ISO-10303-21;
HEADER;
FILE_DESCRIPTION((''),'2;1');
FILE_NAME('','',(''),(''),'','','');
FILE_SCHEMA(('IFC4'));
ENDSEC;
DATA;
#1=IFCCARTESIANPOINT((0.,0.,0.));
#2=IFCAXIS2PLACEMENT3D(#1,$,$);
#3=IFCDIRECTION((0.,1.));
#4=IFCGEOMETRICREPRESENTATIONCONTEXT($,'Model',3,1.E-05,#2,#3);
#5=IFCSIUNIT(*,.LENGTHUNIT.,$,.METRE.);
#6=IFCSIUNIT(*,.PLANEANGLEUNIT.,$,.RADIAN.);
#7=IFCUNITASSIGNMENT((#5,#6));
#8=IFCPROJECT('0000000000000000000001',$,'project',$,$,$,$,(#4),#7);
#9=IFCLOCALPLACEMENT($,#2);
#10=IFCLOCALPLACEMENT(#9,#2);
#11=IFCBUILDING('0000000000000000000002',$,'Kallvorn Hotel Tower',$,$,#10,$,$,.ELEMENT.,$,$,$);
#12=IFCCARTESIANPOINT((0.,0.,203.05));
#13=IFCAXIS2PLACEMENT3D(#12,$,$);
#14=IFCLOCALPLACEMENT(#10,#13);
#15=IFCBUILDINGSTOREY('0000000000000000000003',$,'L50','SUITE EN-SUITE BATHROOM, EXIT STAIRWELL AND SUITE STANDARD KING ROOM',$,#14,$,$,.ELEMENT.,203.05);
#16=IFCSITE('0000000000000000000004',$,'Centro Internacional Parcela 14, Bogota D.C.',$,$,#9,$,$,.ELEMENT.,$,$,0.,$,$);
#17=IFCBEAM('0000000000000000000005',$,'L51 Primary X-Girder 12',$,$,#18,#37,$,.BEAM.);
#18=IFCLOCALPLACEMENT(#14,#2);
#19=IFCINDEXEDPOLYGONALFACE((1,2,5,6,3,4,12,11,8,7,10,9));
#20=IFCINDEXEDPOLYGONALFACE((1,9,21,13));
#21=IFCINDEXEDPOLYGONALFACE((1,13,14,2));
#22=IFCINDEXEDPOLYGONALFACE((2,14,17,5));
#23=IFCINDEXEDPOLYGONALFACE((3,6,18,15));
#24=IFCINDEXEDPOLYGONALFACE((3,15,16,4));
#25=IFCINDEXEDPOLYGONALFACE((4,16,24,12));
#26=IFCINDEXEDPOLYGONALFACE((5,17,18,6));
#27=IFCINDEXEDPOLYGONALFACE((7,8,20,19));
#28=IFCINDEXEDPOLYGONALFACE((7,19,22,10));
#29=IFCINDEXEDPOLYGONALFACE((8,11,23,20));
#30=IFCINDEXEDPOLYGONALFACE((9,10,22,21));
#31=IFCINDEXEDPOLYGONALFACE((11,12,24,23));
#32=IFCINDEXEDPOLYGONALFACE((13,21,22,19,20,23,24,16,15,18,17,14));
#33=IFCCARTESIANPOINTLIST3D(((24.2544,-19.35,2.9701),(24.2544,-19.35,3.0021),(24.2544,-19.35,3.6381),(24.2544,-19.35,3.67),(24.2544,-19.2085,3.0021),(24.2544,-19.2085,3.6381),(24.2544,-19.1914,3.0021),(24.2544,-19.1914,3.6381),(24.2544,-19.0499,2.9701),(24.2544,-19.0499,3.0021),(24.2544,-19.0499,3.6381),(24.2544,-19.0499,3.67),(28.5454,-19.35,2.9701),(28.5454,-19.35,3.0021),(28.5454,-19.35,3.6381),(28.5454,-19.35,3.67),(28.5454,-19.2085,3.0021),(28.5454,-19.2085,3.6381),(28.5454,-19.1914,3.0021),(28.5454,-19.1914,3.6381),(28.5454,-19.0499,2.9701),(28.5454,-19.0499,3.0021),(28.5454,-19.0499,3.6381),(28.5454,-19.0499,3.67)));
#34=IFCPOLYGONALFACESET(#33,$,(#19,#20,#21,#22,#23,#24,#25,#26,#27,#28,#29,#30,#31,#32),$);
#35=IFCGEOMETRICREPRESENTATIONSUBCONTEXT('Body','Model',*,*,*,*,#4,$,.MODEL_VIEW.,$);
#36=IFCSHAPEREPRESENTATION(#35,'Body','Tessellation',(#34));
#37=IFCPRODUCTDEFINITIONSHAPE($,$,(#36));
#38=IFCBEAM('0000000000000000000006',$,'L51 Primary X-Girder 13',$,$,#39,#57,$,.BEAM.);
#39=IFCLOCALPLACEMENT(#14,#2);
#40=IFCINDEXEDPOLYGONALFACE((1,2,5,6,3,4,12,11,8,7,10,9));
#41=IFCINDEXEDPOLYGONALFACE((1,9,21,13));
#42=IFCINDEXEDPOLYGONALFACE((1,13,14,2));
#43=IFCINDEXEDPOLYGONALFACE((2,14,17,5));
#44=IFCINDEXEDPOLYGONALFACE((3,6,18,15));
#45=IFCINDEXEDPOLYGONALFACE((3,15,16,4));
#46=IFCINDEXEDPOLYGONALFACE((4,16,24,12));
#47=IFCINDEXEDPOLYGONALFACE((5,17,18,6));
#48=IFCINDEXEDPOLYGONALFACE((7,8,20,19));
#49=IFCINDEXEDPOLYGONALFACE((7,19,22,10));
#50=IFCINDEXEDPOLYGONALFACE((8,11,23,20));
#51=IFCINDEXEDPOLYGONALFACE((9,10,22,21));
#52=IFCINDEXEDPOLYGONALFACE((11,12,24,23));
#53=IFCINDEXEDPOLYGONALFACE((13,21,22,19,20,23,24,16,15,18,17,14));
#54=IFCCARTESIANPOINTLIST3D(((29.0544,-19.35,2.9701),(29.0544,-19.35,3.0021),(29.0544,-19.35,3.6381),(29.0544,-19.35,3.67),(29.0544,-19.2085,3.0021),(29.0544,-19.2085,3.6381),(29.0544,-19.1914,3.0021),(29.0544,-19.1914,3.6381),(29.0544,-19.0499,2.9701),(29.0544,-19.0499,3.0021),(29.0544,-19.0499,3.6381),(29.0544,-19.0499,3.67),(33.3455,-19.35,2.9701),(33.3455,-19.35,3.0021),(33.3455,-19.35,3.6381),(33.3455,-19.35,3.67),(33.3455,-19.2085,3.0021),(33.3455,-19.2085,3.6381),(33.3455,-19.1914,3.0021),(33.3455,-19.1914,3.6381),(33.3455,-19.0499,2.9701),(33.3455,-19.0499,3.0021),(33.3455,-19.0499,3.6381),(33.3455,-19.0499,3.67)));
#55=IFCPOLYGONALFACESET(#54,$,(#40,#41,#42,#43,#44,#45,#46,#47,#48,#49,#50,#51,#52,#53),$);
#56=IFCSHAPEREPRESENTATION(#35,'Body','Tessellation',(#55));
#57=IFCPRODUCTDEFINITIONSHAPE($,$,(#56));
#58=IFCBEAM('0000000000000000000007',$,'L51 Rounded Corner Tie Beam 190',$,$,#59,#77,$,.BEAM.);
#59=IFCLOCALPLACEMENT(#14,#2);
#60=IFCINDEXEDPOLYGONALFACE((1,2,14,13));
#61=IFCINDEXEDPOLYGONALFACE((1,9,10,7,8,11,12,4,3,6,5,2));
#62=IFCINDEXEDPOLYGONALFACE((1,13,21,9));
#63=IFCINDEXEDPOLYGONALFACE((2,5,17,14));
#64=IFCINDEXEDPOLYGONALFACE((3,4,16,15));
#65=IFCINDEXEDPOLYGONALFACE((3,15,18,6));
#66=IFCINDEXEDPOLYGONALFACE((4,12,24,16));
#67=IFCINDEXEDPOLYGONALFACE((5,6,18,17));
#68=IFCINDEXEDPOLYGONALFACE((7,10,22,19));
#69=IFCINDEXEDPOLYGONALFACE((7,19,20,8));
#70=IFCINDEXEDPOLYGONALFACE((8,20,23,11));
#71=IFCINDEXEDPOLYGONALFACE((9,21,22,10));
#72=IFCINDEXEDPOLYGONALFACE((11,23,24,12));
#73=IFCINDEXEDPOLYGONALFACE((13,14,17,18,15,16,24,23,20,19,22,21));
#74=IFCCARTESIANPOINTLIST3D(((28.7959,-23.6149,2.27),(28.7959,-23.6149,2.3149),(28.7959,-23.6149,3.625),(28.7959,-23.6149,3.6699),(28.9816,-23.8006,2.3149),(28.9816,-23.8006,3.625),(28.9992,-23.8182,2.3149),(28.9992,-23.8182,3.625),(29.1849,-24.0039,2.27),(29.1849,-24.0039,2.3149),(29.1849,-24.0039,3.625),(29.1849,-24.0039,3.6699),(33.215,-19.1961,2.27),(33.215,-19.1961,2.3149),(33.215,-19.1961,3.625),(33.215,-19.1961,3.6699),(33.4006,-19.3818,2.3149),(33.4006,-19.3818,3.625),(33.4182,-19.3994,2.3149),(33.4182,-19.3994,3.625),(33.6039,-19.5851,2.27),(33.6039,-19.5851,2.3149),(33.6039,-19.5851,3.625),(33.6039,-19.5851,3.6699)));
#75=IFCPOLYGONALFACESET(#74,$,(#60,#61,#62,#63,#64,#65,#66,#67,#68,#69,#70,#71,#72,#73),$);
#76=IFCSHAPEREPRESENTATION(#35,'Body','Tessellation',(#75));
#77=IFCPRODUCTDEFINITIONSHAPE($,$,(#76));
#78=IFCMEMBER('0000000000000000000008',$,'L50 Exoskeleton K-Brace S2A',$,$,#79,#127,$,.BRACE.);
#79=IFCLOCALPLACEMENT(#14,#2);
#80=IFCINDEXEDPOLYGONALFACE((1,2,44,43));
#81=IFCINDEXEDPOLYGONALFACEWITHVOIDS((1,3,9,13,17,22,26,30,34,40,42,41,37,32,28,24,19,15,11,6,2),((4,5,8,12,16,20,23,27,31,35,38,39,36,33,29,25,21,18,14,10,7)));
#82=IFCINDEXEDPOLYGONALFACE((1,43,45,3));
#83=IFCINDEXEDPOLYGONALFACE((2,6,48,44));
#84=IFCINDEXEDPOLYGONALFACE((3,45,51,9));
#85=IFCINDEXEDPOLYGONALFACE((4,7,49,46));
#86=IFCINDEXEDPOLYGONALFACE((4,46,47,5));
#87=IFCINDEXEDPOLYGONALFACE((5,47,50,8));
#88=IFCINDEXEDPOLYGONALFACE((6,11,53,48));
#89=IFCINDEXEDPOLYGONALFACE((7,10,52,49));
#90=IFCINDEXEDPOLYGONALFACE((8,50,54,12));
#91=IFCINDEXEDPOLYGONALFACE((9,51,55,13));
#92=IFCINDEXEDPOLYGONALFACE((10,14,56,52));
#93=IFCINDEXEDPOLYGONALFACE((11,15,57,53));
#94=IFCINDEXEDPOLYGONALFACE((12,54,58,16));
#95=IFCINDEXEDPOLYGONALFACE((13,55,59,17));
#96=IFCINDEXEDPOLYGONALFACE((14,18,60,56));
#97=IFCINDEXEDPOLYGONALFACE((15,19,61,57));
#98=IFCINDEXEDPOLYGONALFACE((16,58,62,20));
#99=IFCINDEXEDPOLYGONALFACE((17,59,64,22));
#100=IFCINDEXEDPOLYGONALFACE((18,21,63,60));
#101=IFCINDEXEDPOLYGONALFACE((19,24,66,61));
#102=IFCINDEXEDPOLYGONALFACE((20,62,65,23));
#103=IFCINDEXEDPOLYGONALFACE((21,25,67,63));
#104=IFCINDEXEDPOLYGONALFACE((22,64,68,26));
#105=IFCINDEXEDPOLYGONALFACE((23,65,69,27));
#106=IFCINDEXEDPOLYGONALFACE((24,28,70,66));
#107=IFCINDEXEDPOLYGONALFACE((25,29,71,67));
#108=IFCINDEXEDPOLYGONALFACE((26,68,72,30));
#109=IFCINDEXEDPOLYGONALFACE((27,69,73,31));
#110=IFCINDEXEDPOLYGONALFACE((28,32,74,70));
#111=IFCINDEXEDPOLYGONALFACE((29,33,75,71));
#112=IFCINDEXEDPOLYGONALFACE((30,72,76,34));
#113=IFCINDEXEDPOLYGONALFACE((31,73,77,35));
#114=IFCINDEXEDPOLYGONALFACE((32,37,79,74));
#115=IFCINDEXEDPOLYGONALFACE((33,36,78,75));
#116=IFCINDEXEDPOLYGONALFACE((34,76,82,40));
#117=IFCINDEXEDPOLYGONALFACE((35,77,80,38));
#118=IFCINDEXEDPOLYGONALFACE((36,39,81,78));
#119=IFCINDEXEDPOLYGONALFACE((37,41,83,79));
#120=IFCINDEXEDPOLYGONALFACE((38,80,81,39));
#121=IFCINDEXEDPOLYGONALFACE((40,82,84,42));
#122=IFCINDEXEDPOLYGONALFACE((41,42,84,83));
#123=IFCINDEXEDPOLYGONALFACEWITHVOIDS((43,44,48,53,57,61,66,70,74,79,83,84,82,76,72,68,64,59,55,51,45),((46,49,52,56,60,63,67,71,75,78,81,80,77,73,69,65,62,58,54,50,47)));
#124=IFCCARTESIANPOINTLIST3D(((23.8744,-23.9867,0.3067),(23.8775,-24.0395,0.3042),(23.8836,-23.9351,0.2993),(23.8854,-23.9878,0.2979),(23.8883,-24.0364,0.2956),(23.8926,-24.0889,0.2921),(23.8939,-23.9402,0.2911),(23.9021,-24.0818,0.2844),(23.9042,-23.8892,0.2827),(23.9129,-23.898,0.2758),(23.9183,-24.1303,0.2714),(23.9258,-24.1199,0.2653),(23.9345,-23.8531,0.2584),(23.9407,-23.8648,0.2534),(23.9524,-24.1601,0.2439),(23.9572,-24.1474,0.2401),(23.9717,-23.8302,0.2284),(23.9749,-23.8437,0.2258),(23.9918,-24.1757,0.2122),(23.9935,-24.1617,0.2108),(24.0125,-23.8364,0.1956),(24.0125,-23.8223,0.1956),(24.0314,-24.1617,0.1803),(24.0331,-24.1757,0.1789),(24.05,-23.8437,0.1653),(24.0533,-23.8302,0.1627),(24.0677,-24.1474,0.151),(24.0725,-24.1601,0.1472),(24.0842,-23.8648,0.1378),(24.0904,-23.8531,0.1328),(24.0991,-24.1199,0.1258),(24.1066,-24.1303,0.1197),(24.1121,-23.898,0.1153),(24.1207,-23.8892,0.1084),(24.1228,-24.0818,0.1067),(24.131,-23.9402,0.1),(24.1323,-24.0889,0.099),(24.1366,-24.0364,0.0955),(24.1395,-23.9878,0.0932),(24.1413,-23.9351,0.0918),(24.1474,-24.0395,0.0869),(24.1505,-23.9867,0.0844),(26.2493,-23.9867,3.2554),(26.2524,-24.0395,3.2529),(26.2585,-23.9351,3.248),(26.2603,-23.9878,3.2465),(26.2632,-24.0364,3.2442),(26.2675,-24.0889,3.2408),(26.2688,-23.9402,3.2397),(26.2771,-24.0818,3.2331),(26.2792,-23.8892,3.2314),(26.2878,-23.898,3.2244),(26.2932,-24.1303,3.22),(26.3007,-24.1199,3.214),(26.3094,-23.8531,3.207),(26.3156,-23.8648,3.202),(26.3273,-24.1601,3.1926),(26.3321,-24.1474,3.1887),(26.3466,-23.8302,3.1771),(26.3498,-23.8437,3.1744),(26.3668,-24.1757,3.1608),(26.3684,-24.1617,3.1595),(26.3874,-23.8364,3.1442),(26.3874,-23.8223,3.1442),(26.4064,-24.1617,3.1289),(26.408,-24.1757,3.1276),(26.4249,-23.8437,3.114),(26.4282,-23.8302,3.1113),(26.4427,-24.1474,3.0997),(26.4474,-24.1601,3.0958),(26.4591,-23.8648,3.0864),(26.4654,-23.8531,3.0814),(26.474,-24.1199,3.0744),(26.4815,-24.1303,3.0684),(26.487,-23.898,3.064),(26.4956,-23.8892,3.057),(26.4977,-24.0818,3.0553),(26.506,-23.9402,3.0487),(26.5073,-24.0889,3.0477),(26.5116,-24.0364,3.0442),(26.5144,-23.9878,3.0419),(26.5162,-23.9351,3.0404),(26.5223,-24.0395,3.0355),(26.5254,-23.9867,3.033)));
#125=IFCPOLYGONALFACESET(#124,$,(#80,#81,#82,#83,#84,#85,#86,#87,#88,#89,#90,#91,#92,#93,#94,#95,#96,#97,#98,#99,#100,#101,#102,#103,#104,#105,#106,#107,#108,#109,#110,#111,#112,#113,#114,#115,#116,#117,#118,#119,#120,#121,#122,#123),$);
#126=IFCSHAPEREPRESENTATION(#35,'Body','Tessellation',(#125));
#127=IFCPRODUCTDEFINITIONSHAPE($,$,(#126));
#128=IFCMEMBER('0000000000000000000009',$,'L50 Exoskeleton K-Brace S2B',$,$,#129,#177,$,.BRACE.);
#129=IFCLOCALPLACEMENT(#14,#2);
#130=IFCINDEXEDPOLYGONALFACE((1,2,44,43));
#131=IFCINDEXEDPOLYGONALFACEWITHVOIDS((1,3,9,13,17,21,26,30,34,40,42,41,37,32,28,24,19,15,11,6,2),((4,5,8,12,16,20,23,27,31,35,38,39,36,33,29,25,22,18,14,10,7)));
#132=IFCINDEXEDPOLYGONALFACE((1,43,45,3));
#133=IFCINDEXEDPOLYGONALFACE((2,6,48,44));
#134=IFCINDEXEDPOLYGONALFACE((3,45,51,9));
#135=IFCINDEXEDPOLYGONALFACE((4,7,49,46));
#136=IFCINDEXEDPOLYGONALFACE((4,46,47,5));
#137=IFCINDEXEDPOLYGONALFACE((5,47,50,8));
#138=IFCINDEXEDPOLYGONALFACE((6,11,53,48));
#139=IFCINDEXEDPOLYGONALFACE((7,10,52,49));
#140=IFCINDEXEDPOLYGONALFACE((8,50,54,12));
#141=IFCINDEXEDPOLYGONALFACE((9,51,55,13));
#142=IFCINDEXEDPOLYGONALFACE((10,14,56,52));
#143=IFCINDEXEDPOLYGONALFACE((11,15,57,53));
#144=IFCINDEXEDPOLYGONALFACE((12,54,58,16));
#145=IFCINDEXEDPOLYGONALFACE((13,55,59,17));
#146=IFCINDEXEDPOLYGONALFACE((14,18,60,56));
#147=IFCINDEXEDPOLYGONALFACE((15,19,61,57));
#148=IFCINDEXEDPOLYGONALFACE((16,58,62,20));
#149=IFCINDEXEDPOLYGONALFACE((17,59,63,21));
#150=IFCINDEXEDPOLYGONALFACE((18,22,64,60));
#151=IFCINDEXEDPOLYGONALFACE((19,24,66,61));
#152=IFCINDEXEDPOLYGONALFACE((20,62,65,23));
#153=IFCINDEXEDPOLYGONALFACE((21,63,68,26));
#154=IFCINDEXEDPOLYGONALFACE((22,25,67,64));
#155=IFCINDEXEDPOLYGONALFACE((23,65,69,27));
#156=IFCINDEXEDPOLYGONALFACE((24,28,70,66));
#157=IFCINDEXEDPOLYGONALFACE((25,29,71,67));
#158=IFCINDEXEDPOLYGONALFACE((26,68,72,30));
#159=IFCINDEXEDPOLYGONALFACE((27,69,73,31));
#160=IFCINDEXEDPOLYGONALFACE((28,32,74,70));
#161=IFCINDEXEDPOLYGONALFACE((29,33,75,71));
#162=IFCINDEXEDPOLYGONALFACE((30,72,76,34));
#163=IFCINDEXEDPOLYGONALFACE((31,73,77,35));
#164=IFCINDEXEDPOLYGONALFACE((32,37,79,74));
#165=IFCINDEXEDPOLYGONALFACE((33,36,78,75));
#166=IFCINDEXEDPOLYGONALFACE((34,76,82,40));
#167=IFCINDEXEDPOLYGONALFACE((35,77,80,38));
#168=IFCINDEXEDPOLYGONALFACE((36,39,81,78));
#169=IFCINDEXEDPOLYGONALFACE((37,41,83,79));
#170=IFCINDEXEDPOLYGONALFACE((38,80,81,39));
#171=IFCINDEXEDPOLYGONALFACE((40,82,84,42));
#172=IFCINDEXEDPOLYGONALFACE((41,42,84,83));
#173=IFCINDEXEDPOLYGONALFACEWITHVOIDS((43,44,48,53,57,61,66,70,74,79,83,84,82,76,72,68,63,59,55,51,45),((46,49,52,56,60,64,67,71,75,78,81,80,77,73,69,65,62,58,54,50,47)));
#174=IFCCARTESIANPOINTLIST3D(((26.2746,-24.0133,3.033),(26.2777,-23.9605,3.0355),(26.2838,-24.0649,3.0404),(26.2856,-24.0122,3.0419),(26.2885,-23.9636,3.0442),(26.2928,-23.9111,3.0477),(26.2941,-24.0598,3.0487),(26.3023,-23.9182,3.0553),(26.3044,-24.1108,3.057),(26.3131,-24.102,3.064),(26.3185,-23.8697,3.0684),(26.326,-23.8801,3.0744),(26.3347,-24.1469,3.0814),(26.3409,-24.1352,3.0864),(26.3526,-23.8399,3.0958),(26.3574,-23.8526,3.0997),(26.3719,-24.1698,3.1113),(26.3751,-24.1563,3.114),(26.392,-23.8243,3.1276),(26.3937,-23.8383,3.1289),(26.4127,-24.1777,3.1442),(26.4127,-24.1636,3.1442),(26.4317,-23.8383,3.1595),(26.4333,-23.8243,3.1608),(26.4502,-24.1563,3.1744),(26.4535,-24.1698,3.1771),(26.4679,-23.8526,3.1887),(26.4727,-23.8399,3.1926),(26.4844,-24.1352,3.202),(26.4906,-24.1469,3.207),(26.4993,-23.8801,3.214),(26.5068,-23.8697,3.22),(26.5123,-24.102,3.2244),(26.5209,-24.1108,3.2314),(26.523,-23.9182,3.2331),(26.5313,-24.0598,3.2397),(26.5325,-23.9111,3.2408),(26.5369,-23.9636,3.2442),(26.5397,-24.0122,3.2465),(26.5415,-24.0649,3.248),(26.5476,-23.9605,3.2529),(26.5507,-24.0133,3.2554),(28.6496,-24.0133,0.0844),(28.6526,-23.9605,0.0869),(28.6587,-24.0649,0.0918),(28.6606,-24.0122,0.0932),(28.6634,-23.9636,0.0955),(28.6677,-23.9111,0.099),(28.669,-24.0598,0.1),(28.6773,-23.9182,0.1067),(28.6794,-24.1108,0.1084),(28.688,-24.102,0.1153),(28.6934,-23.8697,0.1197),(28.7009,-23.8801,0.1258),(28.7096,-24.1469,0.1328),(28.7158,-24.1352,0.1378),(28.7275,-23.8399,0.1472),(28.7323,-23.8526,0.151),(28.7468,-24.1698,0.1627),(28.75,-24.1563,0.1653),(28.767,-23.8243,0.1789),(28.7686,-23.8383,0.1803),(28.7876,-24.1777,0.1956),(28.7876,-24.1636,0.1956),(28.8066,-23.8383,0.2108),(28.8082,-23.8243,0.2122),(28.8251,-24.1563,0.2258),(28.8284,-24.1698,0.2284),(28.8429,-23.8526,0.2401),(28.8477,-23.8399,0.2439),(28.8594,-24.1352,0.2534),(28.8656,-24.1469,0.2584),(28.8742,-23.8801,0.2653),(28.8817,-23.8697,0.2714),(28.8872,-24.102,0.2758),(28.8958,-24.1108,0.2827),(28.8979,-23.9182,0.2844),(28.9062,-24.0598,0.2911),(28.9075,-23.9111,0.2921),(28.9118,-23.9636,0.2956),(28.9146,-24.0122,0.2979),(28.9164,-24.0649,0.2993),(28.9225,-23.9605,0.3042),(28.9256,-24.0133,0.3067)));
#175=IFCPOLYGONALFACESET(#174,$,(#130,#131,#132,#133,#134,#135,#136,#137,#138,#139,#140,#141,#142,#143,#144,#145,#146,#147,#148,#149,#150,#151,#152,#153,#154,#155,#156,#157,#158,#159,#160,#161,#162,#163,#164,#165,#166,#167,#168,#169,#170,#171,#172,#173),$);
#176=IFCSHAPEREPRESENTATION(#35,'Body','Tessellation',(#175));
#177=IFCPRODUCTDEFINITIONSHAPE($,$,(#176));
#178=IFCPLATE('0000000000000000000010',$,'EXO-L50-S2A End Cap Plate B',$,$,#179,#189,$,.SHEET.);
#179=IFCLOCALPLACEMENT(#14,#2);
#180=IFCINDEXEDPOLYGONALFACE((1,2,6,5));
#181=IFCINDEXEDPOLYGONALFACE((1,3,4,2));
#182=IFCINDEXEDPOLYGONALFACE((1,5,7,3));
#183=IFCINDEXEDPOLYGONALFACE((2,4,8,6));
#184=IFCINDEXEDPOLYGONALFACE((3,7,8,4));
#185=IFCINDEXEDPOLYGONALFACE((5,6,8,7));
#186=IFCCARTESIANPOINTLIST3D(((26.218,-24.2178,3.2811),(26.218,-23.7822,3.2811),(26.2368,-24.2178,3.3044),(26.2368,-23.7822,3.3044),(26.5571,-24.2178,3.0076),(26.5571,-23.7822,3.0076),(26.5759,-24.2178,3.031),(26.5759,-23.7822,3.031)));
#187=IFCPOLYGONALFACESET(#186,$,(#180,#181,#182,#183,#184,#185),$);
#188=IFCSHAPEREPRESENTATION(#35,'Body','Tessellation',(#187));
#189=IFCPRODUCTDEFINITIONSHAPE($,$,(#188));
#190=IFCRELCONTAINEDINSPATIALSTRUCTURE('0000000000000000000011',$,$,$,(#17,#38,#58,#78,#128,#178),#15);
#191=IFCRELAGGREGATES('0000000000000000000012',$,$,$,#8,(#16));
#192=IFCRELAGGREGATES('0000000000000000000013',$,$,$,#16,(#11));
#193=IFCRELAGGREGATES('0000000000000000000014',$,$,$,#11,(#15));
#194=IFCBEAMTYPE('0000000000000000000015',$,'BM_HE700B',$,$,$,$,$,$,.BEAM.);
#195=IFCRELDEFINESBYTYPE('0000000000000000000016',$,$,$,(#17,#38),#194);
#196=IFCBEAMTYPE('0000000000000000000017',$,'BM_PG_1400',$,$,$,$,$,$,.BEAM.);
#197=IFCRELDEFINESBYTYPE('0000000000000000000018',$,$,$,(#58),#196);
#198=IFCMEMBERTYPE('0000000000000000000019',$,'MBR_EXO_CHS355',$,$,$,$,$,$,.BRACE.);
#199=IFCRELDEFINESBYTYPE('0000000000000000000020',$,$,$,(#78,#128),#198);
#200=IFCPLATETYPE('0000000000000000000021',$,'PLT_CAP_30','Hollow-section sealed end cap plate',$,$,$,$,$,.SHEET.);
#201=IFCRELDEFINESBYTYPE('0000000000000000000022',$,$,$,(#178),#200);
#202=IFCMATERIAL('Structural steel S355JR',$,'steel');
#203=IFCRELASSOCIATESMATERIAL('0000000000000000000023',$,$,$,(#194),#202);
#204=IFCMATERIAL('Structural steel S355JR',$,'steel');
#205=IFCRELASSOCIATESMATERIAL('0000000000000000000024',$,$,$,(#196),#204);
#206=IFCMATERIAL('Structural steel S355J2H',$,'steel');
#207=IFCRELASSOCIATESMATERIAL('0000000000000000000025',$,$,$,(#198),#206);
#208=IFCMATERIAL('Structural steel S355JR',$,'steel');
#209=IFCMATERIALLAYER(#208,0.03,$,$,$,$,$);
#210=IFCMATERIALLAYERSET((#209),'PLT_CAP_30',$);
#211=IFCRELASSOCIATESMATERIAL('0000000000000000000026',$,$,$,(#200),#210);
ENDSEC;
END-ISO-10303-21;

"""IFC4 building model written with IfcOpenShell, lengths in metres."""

from ifc_helpers import new_model, si_unit, direction, frame, origin, origin_2d, place, context, subcontext, project, spatial, polyline, hollow_circle, i_section, outline, extrude, material, layer, layer_set, material_profile, profile_set, type_object, element, save


model = new_model("IFC4")

# Units and contexts
model_context = context("Model", 3, precision=1e-05, world=origin(), true_north=direction((0.0, 1.0)))
body_context = subcontext(model_context, "Body", "Model", "MODEL_VIEW")
ifc_project = project(units=[si_unit("LENGTHUNIT", "METRE"), si_unit("PLANEANGLEUNIT", "RADIAN")], contexts=[model_context])

# Site, building, storey
site_placement = place(None, origin())
site = spatial("IfcSite", under=ifc_project, at=site_placement, Name="Centro Internacional Parcela 14, Bogota D.C.", CompositionType="ELEMENT", RefElevation=0.0)
building_placement = place(site_placement, origin())
building = spatial("IfcBuilding", under=site, at=building_placement, Name="Kallvorn Hotel Tower", CompositionType="ELEMENT")
storey_placement = place(building_placement, frame((0.0, 0.0, 203.05)))
storey = spatial("IfcBuildingStorey", under=building, at=storey_placement, Name="L50", Description="SUITE EN-SUITE BATHROOM, EXIT STAIRWELL AND SUITE STANDARD KING ROOM", CompositionType="ELEMENT", Elevation=203.05)

# Beams
ifc_material_1 = material(Name="Structural steel S355JR", Category="steel")
ifc_material_profile_1 = material_profile(ifc_material_1, i_section(OverallWidth=0.3, OverallDepth=0.7, WebThickness=0.0171, FlangeThickness=0.032, at=origin_2d()), Name="HE 700 B")
ifc_profile_set_1 = profile_set([ifc_material_profile_1], Name="Structural steel S355JR")
beam_type_1 = type_object("IfcBeamType", Name="BM_HE700B", PredefinedType="BEAM", material=ifc_profile_set_1)
for number, where, z_axis, x_axis, name in (
    (1, (24.2544, -19.2, 3.3201), (1.0, 0.0, 0.0), (0.0, 1.0, 0.0), "L51 Primary X-Girder 12"),
    (2, (29.0544, -19.2, 3.3201), (1.0, 0.0, 0.0), (0.0, 1.0, 0.0), "L51 Primary X-Girder 13"),
):
    element("IfcBeam", number, at=place(storey_placement, frame(where, z_axis=z_axis, x_axis=x_axis)), inside=storey, type_object=beam_type_1, Name=name, PredefinedType="BEAM", context=body_context, shape_type="SweptSolid", body=[
        extrude(i_section(OverallWidth=0.3, OverallDepth=0.7, WebThickness=0.0171, FlangeThickness=0.032, at=origin_2d()), origin(), (0.0, 0.0, 1.0), 4.291),
    ])
ifc_material_2 = material(Name="Structural steel S355JR", Category="steel")
ifc_material_profile_2 = material_profile(ifc_material_2, i_section(OverallWidth=0.55, OverallDepth=1.3999, WebThickness=0.0249, FlangeThickness=0.0449, at=origin_2d()), Name="PG 1400x550x25x45")
ifc_profile_set_2 = profile_set([ifc_material_profile_2], Name="Structural steel S355JR")
beam_type_2 = type_object("IfcBeamType", Name="BM_PG_1400", PredefinedType="BEAM", material=ifc_profile_set_2)
beam_1_placement = place(storey_placement, frame((33.4094, -19.3906, 2.97), z_axis=(-0.707126, -0.707087, 0.0), x_axis=(0.707087, -0.707126, 0.0)))
element("IfcBeam", 3, at=beam_1_placement, inside=storey, type_object=beam_type_2, Name="L51 Rounded Corner Tie Beam 190", PredefinedType="BEAM", context=body_context, shape_type="SweptSolid", body=[
    extrude(i_section(OverallWidth=0.55, OverallDepth=1.3999, WebThickness=0.0249, FlangeThickness=0.0449, at=origin_2d()), origin(), (0.0, 0.0, 1.0), 6.2493),
])

# Members
ifc_material_3 = material(Name="Structural steel S355J2H", Category="steel")
ifc_material_profile_3 = material_profile(ifc_material_3, hollow_circle(Radius=0.1777, WallThickness=0.0142, at=origin_2d()), Name="CHS 355.6x14.2")
ifc_profile_set_3 = profile_set([ifc_material_profile_3], Name="Structural steel S355J2H")
member_type = type_object("IfcMemberType", Name="MBR_EXO_CHS355", PredefinedType="BRACE", material=ifc_profile_set_3)
for number, where, z_axis, x_axis, name in (
    (4, (24.0125, -24.0, 0.1956), (0.627271, 0.0, 0.778801), (0.0, 1.0, 0.0), "L50 Exoskeleton K-Brace S2A"),
    (5, (28.7876, -24.0, 0.1956), (-0.627271, 0.0, 0.778801), (0.0, -1.0, 0.0), "L50 Exoskeleton K-Brace S2B"),
):
    element("IfcMember", number, at=place(storey_placement, frame(where, z_axis=z_axis, x_axis=x_axis)), inside=storey, type_object=member_type, Name=name, PredefinedType="BRACE", context=body_context, shape_type="SweptSolid", body=[
        extrude(hollow_circle(Radius=0.1777, WallThickness=0.0142, at=origin_2d()), origin(), (0.0, 0.0, 1.0), 3.7861),
    ])

# Plate
ifc_material_4 = material(Name="Structural steel S355JR", Category="steel")
ifc_layer_1 = layer(ifc_material_4, 0.03)
ifc_layer_set_1 = layer_set([ifc_layer_1], Name="PLT_CAP_30")
plate_type_1 = type_object("IfcPlateType", Name="PLT_CAP_30", Description="Hollow-section sealed end cap plate", PredefinedType="SHEET", material=ifc_layer_set_1)
for number, where, z_axis, x_axis, name in (
    (6, (26.5759, -24.2178, 3.031), (0.627698, 0.0, 0.778457), (0.0, 1.0, 0.0), "EXO-L50-S2A End Cap Plate B"),
):
    element("IfcPlate", number, at=place(storey_placement, frame(where, z_axis=z_axis, x_axis=x_axis)), inside=storey, type_object=plate_type_1, Name=name, PredefinedType="SHEET", context=body_context, shape_type="SweptSolid", body=[
        extrude(outline(polyline([(0.0, 0.0), (0.4355, 0.0), (0.4355, 0.4356), (0.0, 0.4356), (0.0, 0.0)])), origin(), (0.0, 0.0, -1.0), 0.03),
    ])

save(model, "model.ifc")
